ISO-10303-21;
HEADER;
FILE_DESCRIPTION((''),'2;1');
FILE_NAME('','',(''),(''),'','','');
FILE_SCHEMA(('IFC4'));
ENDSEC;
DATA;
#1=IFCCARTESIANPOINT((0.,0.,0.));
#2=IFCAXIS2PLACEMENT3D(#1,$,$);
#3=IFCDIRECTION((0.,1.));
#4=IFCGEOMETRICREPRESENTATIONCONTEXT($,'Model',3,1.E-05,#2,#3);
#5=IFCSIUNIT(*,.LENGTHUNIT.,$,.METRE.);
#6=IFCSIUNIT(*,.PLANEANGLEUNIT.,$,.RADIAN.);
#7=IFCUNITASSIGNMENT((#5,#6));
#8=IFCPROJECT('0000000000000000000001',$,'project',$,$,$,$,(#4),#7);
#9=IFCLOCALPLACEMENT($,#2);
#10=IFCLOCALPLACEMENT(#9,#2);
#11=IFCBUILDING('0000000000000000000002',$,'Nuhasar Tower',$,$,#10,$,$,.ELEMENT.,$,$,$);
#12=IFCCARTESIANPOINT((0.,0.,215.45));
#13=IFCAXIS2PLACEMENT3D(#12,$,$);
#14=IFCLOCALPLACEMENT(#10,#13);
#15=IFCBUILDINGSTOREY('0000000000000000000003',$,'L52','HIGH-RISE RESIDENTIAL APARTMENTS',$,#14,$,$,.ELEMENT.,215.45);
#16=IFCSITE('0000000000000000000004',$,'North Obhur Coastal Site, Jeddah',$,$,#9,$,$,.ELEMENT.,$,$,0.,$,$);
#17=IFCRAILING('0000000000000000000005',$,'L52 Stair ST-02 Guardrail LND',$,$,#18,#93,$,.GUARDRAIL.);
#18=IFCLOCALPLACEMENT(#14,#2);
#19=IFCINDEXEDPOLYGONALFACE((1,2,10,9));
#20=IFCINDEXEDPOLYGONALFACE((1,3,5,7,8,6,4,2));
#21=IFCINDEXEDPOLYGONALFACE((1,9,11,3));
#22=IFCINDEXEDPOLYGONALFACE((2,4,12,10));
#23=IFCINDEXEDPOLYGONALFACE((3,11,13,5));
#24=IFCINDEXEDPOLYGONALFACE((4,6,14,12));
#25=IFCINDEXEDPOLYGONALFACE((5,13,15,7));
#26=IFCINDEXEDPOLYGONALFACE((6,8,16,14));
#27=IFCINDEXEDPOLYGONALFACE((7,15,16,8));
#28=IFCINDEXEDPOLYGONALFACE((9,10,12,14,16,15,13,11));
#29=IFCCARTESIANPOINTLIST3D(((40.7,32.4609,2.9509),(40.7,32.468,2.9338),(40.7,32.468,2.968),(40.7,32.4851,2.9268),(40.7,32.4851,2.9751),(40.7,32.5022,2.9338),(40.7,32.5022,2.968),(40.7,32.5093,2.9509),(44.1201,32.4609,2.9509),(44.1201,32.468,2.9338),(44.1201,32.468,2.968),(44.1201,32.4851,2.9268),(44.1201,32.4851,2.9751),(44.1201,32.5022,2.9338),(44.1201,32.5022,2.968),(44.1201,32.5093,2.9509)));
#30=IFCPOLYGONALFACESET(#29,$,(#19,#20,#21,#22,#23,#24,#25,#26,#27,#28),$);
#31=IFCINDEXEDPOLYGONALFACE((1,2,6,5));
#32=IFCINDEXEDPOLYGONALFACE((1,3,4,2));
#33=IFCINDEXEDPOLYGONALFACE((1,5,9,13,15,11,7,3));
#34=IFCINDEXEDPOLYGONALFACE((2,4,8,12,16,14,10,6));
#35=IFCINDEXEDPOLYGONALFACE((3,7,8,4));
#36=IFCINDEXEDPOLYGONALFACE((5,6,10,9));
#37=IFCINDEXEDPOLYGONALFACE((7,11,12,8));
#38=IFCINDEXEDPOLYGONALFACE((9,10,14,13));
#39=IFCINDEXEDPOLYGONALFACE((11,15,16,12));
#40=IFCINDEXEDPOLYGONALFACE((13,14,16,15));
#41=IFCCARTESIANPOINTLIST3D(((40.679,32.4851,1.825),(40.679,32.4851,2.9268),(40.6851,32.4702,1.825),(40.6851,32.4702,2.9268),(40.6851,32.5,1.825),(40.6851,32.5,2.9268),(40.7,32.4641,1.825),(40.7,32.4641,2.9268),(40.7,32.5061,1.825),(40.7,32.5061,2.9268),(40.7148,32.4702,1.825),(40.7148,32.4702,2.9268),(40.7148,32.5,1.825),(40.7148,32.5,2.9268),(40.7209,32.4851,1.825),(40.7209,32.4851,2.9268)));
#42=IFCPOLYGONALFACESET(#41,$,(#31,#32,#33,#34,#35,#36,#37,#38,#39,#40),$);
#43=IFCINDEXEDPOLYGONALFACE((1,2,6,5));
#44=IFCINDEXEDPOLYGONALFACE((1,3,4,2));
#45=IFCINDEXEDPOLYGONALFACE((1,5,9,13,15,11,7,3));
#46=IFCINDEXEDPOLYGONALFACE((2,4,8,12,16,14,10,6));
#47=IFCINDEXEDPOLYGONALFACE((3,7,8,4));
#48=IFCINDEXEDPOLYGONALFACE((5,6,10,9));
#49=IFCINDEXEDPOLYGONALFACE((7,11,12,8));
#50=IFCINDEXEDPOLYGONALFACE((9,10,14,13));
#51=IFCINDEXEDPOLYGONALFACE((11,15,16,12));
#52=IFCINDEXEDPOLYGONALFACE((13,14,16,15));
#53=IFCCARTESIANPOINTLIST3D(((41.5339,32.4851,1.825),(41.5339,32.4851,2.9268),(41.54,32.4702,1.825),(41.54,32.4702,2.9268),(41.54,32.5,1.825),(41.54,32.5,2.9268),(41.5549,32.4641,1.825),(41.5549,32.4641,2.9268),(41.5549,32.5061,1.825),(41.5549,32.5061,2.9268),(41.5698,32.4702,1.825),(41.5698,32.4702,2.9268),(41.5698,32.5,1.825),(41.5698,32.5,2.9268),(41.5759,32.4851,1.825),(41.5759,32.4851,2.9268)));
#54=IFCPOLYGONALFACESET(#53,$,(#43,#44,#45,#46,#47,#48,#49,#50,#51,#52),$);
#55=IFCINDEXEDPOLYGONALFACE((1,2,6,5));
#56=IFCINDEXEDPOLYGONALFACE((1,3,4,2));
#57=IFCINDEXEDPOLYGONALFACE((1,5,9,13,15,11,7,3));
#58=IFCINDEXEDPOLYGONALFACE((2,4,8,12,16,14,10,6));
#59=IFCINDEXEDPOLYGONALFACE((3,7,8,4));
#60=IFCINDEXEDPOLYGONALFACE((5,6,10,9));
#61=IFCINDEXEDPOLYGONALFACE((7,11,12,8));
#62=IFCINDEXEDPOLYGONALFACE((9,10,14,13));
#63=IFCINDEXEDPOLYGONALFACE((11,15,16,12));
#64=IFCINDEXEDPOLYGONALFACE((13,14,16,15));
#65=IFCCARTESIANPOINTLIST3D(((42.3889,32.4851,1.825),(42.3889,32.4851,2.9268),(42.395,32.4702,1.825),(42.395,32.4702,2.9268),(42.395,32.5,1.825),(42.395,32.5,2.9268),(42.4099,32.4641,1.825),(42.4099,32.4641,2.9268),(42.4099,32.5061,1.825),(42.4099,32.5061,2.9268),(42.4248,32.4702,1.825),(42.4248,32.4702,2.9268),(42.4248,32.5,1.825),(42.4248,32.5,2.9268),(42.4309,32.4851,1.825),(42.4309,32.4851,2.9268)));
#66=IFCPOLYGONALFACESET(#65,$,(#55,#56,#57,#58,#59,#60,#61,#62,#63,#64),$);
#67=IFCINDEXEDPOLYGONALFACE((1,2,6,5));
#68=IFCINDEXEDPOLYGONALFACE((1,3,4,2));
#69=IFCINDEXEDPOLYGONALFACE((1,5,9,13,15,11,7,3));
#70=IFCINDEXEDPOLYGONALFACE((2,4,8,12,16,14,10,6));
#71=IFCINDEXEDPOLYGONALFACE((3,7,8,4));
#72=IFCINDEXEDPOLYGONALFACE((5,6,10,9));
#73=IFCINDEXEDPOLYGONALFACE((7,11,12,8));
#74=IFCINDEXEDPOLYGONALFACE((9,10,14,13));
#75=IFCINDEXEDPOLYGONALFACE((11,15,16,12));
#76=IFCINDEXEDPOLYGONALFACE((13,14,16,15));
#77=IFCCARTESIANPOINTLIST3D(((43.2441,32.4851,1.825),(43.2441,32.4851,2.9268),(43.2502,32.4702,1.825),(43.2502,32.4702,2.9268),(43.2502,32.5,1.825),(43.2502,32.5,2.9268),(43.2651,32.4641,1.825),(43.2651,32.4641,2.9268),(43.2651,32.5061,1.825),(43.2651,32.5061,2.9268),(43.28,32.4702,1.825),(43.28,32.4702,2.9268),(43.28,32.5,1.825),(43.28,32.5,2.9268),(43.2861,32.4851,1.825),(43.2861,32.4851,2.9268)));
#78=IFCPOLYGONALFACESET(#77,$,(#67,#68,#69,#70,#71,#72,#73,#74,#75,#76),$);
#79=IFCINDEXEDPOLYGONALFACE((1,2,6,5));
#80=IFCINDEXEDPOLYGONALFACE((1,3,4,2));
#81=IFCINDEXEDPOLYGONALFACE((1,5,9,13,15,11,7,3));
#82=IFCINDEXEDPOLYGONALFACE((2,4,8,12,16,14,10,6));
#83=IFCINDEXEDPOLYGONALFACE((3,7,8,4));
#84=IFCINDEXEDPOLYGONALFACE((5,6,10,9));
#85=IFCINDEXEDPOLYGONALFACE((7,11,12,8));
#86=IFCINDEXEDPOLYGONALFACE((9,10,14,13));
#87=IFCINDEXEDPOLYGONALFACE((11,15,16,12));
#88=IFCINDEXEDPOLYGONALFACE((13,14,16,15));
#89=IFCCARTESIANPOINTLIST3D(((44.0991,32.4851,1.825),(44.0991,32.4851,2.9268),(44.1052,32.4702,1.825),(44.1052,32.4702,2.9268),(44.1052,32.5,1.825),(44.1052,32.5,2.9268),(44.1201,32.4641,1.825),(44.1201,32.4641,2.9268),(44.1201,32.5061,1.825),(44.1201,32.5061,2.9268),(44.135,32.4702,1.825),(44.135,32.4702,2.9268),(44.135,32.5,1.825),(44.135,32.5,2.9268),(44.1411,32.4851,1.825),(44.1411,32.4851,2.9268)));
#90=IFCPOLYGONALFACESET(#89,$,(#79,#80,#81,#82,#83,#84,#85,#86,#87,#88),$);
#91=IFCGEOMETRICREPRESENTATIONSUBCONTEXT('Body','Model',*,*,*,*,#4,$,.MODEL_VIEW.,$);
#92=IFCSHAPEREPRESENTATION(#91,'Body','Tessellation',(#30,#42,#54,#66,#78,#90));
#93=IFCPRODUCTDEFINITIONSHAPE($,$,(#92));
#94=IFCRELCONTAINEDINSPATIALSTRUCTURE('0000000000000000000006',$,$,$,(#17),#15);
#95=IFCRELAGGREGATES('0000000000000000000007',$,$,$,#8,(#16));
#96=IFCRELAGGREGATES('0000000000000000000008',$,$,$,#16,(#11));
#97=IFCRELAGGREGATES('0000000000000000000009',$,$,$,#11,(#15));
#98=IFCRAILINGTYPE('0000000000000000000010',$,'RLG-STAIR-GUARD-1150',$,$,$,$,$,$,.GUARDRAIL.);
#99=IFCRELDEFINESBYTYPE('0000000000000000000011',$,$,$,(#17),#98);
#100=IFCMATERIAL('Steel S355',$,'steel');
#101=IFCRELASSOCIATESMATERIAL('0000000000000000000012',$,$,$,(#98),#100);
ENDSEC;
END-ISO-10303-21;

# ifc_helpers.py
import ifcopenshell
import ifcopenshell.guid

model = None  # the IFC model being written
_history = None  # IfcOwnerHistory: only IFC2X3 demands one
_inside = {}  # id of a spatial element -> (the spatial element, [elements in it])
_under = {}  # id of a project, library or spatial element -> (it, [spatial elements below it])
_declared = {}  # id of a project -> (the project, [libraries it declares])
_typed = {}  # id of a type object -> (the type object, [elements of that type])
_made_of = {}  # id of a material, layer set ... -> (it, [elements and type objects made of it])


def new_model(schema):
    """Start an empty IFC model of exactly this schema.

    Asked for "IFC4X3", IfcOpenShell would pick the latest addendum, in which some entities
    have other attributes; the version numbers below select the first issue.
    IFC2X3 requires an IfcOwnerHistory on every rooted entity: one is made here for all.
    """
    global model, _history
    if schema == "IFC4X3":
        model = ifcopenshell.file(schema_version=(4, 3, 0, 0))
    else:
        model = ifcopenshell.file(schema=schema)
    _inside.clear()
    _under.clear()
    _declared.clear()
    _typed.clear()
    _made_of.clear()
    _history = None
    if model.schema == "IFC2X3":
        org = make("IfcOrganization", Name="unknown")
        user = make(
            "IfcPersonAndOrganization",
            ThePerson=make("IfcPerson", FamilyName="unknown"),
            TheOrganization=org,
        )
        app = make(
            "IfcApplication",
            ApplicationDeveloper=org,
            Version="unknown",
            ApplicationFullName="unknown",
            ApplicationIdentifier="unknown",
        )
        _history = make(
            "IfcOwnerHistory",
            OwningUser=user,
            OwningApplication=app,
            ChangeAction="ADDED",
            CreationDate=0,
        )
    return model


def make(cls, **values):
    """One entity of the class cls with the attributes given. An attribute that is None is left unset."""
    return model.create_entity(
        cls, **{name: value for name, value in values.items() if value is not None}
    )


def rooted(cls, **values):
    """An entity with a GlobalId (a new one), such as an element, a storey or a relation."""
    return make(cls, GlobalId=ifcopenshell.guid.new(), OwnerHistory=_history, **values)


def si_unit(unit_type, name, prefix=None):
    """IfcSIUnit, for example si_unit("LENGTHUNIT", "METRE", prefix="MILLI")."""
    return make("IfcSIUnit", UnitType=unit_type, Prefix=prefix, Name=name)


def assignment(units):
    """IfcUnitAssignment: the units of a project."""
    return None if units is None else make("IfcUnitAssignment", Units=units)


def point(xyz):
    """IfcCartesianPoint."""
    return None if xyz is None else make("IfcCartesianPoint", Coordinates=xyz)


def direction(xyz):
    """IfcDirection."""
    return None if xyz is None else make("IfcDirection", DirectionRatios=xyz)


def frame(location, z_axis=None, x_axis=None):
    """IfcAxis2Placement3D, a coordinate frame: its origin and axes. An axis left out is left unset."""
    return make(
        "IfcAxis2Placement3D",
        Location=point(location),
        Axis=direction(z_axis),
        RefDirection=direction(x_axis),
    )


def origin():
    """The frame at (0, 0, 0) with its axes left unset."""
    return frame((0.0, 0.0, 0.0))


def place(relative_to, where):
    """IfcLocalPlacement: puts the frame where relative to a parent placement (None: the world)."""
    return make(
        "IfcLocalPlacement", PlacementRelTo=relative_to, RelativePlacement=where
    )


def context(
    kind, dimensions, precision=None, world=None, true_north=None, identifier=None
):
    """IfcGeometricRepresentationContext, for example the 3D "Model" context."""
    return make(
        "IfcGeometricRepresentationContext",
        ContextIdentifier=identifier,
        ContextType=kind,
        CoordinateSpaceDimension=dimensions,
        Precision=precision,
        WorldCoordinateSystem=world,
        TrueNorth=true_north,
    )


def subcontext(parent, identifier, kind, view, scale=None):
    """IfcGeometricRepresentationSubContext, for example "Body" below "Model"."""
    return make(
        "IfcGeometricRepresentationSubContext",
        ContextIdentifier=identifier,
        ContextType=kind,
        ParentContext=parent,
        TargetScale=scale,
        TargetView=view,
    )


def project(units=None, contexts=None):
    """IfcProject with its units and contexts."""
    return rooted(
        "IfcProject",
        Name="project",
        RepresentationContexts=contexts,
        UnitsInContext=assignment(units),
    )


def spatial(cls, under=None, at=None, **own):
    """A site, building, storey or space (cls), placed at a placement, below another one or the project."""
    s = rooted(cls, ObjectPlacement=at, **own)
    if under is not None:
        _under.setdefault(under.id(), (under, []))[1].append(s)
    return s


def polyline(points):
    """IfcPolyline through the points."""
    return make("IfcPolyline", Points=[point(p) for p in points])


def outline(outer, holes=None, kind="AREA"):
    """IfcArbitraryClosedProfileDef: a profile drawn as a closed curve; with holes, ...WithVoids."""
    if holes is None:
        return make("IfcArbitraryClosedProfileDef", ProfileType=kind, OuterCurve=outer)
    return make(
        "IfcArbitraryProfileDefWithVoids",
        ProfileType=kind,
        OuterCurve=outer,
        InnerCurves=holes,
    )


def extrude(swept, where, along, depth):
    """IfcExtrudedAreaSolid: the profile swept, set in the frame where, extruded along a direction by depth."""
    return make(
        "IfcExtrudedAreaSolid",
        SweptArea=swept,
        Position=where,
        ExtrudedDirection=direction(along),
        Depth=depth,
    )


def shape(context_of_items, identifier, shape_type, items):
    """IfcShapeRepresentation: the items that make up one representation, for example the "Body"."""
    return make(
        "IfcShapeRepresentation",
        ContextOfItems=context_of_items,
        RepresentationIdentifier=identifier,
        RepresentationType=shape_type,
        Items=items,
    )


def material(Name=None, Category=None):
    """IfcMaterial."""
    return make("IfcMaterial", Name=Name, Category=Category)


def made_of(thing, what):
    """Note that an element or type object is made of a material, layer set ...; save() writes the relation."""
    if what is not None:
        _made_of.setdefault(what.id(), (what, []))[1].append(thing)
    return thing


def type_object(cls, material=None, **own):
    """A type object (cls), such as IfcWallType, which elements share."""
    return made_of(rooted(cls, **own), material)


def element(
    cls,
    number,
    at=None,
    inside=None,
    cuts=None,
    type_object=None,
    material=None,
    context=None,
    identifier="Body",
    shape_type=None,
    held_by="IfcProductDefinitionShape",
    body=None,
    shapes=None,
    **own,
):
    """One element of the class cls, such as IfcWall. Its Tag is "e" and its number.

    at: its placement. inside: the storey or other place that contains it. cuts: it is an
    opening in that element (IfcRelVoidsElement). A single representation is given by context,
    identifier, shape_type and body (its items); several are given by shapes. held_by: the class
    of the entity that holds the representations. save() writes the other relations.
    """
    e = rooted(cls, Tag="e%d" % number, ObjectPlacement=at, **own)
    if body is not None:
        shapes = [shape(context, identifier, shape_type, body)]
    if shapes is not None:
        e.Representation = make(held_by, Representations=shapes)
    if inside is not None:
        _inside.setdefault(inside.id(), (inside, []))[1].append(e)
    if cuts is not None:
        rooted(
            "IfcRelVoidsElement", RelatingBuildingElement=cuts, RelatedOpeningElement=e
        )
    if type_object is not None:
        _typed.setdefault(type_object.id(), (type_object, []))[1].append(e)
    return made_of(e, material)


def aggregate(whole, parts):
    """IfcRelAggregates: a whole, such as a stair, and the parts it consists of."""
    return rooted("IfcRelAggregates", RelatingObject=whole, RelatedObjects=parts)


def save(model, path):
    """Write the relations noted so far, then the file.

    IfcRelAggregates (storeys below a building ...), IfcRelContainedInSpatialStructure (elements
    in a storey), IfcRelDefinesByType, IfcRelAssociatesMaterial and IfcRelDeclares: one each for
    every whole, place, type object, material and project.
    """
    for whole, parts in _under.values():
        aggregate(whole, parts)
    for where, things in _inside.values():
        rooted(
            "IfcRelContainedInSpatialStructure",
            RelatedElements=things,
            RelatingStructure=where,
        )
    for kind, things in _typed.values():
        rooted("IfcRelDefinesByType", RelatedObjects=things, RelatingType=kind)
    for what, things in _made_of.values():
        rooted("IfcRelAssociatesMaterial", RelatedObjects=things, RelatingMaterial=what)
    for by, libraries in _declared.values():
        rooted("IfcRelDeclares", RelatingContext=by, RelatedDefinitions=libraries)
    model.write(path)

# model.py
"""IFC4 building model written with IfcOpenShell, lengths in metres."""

from ifc_helpers import new_model, si_unit, direction, frame, origin, place, context, subcontext, project, spatial, polyline, outline, extrude, material, type_object, element, save


model = new_model("IFC4")

# Units and contexts
model_context = context("Model", 3, precision=1e-05, world=origin(), true_north=direction((0.0, 1.0)))
body_context = subcontext(model_context, "Body", "Model", "MODEL_VIEW")
ifc_project = project(units=[si_unit("LENGTHUNIT", "METRE"), si_unit("PLANEANGLEUNIT", "RADIAN")], contexts=[model_context])

# Site, building, storey
site_placement = place(None, origin())
site = spatial("IfcSite", under=ifc_project, at=site_placement, Name="North Obhur Coastal Site, Jeddah", CompositionType="ELEMENT", RefElevation=0.0)
building_placement = place(site_placement, origin())
building = spatial("IfcBuilding", under=site, at=building_placement, Name="Nuhasar Tower", CompositionType="ELEMENT")
storey_placement = place(building_placement, frame((0.0, 0.0, 215.45)))
storey = spatial("IfcBuildingStorey", under=building, at=storey_placement, Name="L52", Description="HIGH-RISE RESIDENTIAL APARTMENTS", CompositionType="ELEMENT", Elevation=215.45)

# Shared definitions
ifc_material_1 = material(Name="Steel S355", Category="steel")

# Railing
railing_type_1 = type_object("IfcRailingType", Name="RLG-STAIR-GUARD-1150", PredefinedType="GUARDRAIL", material=ifc_material_1)
railing_1_placement = place(storey_placement, frame((40.7, 32.4851, 1.825)))
element("IfcRailing", 1, at=railing_1_placement, inside=storey, type_object=railing_type_1, Name="L52 Stair ST-02 Guardrail LND", PredefinedType="GUARDRAIL", context=body_context, shape_type="SweptSolid", body=[
    extrude(outline(polyline([(0.0242, 0.0), (0.0171, 0.0171), (0.0, 0.0242), (-0.0171, 0.0171), (-0.0242, 0.0), (-0.0171, -0.0171), (0.0, -0.0242), (0.0171, -0.0171), (0.0242, 0.0)])), frame((0.0, 0.0, 1.126), z_axis=(1.0, 0.0, 0.0), x_axis=(0.0, 1.0, 0.0)), (0.0, 0.0, 1.0), 3.4202),
    extrude(outline(polyline([(0.021, 0.0), (0.0149, 0.0149), (0.0, 0.021), (-0.0149, 0.0149), (-0.021, 0.0), (-0.0149, -0.0149), (0.0, -0.021), (0.0149, -0.0149), (0.021, 0.0)])), origin(), (0.0, 0.0, 1.0), 1.1018),
    extrude(outline(polyline([(0.021, 0.0), (0.0149, 0.0149), (0.0, 0.021), (-0.0149, 0.0149), (-0.021, 0.0), (-0.0149, -0.0149), (0.0, -0.021), (0.0149, -0.0149), (0.021, 0.0)])), frame((0.855, 0.0, 0.0)), (0.0, 0.0, 1.0), 1.1018),
    extrude(outline(polyline([(0.021, 0.0), (0.0149, 0.0149), (0.0, 0.021), (-0.0149, 0.0149), (-0.021, 0.0), (-0.0149, -0.0149), (0.0, -0.021), (0.0149, -0.0149), (0.021, 0.0)])), frame((1.71, 0.0, 0.0)), (0.0, 0.0, 1.0), 1.1018),
    extrude(outline(polyline([(0.021, 0.0), (0.0149, 0.0149), (0.0, 0.021), (-0.0149, 0.0149), (-0.021, 0.0), (-0.0149, -0.0149), (0.0, -0.021), (0.0149, -0.0149), (0.021, 0.0)])), frame((2.5652, 0.0, 0.0)), (0.0, 0.0, 1.0), 1.1018),
    extrude(outline(polyline([(0.021, 0.0), (0.0149, 0.0149), (0.0, 0.021), (-0.0149, 0.0149), (-0.021, 0.0), (-0.0149, -0.0149), (0.0, -0.021), (0.0149, -0.0149), (0.021, 0.0)])), frame((3.4202, 0.0, 0.0)), (0.0, 0.0, 1.0), 1.1018),
])

save(model, "model.ifc")
